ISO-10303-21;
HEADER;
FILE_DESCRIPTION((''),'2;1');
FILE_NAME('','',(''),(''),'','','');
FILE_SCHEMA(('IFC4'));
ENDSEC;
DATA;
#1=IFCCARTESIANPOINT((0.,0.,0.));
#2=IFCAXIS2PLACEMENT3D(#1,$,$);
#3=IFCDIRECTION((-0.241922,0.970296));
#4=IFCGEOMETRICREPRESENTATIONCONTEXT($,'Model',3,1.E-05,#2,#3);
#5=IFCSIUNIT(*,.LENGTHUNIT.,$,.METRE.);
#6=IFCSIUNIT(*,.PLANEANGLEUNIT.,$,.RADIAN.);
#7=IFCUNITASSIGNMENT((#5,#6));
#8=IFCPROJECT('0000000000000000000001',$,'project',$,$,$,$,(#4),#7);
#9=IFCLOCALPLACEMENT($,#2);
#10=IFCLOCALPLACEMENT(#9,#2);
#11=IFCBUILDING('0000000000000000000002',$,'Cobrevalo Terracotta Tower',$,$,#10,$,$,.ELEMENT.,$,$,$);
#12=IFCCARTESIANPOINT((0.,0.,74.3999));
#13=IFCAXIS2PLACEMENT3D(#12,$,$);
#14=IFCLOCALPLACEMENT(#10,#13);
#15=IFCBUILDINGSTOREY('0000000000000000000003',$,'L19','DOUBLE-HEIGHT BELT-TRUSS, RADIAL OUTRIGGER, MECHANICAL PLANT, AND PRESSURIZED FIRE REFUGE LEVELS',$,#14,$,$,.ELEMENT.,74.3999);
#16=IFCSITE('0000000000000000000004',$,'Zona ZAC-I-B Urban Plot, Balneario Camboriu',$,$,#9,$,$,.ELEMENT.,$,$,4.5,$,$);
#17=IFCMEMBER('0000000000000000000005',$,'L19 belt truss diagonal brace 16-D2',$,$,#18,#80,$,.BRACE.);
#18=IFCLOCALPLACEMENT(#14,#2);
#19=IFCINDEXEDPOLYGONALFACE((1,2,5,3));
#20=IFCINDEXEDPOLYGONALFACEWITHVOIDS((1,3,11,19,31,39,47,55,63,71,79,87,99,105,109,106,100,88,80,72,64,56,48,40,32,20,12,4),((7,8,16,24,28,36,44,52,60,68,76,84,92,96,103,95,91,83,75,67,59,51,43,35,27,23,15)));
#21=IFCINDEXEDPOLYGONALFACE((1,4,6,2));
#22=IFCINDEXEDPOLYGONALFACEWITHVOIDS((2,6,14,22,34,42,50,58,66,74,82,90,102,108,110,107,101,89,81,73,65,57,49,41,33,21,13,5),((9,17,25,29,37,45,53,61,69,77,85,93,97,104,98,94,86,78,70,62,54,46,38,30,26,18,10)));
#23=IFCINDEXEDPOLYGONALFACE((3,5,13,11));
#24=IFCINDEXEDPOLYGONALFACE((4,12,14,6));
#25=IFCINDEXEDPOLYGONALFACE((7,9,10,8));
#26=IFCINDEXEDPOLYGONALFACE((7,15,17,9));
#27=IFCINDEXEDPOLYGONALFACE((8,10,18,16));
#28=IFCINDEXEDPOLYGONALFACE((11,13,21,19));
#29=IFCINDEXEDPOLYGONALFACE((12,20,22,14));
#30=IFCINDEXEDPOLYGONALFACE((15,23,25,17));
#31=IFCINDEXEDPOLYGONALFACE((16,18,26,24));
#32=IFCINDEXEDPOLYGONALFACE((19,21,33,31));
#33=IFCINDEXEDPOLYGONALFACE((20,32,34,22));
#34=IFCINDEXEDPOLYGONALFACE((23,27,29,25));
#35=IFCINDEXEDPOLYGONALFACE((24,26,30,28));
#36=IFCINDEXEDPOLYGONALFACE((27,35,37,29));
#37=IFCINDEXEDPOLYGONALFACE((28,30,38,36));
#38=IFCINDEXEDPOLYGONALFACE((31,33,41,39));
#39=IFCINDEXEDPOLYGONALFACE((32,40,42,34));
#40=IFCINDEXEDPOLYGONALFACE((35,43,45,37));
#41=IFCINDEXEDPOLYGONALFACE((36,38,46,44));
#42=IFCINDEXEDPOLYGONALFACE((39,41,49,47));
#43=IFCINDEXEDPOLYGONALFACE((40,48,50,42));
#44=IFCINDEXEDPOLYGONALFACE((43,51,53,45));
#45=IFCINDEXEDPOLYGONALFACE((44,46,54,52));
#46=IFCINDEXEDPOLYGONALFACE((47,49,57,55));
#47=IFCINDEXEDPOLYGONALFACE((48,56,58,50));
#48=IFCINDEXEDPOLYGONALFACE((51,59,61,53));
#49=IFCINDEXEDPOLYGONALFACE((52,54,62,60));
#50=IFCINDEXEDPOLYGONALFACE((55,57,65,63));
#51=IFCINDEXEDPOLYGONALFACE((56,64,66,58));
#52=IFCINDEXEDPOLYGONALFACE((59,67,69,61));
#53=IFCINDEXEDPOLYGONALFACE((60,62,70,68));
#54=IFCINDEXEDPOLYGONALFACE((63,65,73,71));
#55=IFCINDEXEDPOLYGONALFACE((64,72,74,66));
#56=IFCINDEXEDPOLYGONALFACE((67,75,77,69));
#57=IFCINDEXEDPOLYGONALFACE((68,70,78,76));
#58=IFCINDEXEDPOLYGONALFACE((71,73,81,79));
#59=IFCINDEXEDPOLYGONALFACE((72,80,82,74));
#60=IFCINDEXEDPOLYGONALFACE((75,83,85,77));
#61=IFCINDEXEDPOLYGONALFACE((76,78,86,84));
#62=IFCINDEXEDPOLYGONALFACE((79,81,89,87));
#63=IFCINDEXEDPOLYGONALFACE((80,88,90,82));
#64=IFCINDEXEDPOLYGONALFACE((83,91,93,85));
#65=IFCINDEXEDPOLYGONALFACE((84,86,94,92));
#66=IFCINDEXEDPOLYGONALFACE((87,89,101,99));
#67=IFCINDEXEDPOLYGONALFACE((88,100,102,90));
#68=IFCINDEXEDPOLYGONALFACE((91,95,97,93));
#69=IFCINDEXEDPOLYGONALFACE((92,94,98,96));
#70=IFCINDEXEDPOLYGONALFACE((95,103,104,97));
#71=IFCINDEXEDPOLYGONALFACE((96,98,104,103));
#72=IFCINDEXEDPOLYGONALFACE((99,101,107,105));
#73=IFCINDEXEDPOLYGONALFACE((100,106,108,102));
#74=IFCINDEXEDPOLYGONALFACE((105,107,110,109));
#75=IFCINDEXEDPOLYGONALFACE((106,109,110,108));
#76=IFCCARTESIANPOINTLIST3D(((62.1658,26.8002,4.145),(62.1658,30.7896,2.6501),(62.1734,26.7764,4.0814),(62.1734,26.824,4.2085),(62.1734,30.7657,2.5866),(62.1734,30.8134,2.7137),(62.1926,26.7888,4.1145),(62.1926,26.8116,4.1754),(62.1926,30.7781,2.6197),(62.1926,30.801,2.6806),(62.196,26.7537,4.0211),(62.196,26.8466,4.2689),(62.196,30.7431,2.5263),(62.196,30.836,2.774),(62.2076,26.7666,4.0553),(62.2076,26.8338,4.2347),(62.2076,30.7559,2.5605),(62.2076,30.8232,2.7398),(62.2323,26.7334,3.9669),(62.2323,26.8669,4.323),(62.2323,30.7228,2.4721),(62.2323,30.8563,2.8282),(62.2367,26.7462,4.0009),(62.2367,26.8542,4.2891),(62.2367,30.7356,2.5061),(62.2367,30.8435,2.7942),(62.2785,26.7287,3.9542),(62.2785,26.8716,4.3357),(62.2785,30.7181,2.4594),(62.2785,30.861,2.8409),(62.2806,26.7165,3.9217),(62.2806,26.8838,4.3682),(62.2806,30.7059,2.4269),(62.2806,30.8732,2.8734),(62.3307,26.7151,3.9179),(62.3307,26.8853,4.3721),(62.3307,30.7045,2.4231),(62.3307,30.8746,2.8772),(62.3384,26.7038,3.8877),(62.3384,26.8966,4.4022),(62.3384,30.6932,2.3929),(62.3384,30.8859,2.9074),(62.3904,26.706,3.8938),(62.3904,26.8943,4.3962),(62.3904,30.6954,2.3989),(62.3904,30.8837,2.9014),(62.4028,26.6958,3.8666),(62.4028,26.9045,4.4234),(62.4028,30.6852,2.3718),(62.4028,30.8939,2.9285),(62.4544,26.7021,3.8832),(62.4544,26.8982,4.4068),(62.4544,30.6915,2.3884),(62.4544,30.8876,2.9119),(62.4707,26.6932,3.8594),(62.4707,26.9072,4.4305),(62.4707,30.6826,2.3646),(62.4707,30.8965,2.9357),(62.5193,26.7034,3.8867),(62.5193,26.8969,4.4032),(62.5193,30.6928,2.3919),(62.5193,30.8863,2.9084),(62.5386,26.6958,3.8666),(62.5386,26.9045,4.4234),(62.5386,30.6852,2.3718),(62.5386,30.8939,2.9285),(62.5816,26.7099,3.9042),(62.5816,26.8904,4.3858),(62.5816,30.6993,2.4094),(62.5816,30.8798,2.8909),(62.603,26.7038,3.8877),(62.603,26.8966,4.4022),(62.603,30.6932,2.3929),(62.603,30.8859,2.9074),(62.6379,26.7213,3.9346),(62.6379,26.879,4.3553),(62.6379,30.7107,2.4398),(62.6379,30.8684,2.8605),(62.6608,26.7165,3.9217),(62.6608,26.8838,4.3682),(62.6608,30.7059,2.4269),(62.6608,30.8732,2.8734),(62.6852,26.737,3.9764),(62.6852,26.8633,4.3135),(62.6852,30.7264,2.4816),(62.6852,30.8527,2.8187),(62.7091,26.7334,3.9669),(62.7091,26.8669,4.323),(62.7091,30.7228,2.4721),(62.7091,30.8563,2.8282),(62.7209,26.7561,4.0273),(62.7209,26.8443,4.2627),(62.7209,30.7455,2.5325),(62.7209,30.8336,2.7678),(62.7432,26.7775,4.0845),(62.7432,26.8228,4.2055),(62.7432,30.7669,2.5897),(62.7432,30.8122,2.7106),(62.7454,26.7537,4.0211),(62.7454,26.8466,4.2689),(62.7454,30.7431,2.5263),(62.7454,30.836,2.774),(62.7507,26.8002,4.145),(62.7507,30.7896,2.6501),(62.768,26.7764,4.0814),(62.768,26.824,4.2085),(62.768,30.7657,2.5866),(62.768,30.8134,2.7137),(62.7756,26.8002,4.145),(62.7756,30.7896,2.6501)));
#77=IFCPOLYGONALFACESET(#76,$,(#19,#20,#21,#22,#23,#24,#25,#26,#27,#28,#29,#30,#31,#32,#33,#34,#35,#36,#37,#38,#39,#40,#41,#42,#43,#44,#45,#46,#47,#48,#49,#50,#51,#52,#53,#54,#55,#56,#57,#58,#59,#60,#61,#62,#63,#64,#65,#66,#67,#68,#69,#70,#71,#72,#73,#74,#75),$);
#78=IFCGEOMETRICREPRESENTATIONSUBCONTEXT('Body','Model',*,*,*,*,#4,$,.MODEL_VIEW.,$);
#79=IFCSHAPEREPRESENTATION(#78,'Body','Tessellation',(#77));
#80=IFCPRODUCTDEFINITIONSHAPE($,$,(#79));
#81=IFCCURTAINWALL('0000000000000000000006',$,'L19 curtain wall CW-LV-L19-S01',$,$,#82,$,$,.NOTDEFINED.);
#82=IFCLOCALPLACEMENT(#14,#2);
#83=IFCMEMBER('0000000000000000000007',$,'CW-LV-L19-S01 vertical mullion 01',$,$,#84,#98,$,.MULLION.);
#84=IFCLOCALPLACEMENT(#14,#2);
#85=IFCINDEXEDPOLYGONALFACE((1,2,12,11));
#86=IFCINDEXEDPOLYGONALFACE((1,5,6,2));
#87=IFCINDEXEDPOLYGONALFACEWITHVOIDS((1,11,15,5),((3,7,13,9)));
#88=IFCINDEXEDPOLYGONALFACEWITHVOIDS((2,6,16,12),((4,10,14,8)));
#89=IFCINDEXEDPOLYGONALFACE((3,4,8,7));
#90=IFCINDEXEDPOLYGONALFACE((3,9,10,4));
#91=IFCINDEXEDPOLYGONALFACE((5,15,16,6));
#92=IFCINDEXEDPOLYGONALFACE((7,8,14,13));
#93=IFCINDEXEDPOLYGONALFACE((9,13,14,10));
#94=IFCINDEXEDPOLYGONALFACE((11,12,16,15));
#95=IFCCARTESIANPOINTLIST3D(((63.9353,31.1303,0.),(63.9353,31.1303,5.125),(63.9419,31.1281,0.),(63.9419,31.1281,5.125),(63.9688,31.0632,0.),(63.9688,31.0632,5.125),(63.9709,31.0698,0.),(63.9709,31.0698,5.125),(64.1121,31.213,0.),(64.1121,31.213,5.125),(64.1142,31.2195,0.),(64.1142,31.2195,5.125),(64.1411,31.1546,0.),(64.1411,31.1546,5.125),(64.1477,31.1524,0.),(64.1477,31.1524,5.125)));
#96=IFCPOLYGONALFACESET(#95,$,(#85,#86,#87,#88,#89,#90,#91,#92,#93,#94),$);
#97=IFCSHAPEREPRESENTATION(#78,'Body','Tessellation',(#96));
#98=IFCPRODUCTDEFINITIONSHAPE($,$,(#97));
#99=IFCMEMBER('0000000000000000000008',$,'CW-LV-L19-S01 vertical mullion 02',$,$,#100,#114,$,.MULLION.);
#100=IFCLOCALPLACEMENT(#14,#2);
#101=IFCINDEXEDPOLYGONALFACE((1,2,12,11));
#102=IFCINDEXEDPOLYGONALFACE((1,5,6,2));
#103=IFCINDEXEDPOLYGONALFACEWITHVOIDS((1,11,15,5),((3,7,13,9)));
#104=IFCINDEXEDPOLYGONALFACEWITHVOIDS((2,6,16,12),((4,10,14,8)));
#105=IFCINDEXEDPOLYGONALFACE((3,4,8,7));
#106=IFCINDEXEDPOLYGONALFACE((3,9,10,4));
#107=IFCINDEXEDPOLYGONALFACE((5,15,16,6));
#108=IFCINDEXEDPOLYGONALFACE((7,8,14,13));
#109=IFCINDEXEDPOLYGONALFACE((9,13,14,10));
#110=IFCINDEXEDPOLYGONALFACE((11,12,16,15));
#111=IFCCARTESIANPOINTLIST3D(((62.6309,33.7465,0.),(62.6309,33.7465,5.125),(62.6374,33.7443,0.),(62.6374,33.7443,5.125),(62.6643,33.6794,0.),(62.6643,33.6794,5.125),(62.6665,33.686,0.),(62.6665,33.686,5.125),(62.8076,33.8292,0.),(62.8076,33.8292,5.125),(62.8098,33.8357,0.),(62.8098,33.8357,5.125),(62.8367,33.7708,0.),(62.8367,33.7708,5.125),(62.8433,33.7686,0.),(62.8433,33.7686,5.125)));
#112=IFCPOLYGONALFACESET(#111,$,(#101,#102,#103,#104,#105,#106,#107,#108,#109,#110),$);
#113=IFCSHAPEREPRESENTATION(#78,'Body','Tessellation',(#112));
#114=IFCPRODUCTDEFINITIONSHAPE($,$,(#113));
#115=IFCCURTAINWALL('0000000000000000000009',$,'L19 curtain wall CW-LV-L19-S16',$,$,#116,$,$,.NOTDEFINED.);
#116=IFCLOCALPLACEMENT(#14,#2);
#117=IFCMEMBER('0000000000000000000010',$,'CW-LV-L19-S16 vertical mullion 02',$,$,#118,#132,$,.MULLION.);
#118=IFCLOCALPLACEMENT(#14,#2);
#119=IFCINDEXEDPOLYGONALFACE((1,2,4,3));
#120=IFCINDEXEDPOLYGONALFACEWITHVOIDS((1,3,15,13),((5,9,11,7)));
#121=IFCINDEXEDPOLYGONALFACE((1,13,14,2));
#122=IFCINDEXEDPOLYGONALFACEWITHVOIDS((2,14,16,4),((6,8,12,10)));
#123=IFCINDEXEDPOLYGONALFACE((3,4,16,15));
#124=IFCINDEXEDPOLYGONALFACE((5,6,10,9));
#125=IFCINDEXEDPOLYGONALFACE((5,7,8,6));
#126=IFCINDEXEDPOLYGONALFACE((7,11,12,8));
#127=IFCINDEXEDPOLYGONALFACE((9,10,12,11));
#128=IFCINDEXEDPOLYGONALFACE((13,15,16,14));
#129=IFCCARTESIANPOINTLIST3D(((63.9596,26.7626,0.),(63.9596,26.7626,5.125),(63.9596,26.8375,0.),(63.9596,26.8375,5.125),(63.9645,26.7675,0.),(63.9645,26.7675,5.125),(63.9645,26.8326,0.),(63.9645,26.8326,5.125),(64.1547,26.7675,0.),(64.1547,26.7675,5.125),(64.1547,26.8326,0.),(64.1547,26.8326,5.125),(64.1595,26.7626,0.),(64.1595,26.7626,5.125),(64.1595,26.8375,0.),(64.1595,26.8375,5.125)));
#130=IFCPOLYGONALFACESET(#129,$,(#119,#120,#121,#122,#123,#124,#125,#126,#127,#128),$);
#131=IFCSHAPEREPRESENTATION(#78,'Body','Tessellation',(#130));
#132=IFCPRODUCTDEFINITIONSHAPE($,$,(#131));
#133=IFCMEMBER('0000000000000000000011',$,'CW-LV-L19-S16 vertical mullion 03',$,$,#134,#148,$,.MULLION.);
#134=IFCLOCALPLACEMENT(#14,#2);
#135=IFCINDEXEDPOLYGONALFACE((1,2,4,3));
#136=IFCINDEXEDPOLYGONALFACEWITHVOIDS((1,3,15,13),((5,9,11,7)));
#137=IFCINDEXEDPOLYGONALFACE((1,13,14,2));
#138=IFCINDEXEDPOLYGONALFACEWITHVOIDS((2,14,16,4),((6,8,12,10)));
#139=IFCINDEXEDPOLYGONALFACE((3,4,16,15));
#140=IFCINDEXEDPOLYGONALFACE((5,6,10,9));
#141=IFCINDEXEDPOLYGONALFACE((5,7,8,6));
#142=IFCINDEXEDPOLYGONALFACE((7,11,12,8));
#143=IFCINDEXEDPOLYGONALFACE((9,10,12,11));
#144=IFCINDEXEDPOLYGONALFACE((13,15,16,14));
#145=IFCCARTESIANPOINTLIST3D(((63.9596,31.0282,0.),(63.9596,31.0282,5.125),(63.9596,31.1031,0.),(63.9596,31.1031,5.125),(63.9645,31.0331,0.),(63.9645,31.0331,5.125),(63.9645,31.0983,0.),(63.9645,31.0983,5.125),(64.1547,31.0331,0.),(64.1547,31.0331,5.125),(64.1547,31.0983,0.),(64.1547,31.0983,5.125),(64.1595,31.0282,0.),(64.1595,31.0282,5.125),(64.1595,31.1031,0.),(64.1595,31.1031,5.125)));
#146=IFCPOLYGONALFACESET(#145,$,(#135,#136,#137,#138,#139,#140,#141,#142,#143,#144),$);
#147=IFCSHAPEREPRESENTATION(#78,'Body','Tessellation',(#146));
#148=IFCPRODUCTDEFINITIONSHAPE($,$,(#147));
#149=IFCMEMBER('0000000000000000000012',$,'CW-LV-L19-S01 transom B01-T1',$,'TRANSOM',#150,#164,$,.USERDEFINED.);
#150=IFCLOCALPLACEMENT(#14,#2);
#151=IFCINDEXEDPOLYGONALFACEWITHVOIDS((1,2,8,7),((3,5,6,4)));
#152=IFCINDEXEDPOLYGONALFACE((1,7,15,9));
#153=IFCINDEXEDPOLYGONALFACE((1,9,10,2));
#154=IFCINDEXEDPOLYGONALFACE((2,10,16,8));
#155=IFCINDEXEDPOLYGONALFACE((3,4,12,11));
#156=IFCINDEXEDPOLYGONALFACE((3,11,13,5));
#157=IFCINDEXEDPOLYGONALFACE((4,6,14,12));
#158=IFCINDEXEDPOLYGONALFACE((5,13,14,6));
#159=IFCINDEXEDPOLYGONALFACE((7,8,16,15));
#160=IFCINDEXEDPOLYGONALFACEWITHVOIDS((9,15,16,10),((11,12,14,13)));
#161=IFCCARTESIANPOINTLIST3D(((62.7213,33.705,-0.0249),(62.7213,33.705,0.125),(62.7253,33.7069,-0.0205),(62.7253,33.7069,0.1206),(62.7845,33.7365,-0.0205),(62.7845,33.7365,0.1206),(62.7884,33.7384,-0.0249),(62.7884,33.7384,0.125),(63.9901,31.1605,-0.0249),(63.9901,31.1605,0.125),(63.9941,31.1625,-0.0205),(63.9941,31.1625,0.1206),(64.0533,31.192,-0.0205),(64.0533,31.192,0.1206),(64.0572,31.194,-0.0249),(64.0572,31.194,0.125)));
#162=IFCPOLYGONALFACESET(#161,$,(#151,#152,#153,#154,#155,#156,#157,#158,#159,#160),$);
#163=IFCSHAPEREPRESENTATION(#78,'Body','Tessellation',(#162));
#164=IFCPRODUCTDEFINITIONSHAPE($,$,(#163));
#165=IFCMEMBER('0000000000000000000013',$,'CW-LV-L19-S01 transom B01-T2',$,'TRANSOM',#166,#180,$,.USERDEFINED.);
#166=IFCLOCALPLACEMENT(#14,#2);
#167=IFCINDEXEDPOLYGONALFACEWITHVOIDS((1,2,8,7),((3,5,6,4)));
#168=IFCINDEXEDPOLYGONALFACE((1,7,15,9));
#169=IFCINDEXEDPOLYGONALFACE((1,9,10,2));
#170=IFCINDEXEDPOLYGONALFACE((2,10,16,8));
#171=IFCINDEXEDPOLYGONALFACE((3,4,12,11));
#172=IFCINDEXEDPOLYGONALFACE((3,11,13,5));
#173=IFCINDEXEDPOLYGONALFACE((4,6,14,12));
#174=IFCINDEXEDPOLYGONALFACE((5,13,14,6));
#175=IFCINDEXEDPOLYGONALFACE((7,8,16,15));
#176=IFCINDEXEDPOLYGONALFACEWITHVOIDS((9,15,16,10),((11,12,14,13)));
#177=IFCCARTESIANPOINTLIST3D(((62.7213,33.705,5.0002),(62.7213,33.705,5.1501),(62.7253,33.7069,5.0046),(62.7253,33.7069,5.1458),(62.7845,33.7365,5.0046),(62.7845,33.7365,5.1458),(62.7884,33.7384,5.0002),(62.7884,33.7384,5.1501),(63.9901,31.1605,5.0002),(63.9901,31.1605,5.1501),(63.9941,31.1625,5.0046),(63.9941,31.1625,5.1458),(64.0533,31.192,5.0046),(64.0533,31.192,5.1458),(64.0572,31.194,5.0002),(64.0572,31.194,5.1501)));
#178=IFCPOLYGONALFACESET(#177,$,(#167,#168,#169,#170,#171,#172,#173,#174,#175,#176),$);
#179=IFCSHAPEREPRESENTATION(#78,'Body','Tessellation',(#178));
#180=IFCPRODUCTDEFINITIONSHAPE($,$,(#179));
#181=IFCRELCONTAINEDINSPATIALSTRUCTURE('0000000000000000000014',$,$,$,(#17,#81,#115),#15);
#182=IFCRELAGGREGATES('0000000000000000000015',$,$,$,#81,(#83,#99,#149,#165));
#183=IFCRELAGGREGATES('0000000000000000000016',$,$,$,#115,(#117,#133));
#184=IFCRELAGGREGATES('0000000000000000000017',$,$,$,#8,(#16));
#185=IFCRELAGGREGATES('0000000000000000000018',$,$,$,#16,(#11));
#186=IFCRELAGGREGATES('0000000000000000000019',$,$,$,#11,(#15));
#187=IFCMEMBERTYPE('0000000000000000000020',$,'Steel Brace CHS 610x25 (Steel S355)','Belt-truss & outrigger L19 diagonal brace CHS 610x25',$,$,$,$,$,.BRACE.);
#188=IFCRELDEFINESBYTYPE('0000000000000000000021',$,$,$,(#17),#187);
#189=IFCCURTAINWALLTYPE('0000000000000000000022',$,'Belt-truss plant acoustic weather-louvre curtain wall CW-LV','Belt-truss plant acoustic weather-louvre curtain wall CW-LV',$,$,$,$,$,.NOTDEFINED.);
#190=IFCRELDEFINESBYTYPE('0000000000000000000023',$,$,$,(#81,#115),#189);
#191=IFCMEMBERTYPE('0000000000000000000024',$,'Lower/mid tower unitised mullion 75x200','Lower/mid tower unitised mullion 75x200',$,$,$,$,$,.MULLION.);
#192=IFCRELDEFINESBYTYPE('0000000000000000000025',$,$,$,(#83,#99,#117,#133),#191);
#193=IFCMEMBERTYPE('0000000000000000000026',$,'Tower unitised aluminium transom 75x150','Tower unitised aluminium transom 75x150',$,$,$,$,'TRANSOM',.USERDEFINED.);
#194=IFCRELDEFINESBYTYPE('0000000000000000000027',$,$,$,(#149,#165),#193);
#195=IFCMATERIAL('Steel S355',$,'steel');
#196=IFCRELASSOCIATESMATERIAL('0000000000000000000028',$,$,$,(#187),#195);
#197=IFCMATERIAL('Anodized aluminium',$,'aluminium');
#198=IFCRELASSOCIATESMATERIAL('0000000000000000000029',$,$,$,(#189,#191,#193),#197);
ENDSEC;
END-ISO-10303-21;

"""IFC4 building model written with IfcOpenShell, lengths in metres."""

from ifc_helpers import new_model, si_unit, direction, frame, origin, origin_2d, place, context, subcontext, project, spatial, hollow_rectangle, hollow_circle, extrude, source, transform, mapped, material, material_profile, profile_set, type_object, element, aggregate, save


model = new_model("IFC4")

# Units and contexts
model_context = context("Model", 3, precision=1e-05, world=origin(), true_north=direction((-0.241922, 0.970296)))
body_context = subcontext(model_context, "Body", "Model", "MODEL_VIEW")
ifc_project = project(units=[si_unit("LENGTHUNIT", "METRE"), si_unit("PLANEANGLEUNIT", "RADIAN")], contexts=[model_context])

# Site, building, storey
site_placement = place(None, origin())
site = spatial("IfcSite", under=ifc_project, at=site_placement, Name="Zona ZAC-I-B Urban Plot, Balneario Camboriu", CompositionType="ELEMENT", RefElevation=4.5)
building_placement = place(site_placement, origin())
building = spatial("IfcBuilding", under=site, at=building_placement, Name="Cobrevalo Terracotta Tower", CompositionType="ELEMENT")
storey_placement = place(building_placement, frame((0.0, 0.0, 74.3999)))
storey = spatial("IfcBuildingStorey", under=building, at=storey_placement, Name="L19", Description="DOUBLE-HEIGHT BELT-TRUSS, RADIAL OUTRIGGER, MECHANICAL PLANT, AND PRESSURIZED FIRE REFUGE LEVELS", CompositionType="ELEMENT", Elevation=74.3999)

# Shared definitions
ifc_material_1 = material(Name="Steel S355", Category="steel")

# Member
ifc_material_profile_1 = material_profile(ifc_material_1, hollow_circle(Radius=0.3049, WallThickness=0.0249, at=origin_2d()), Name="CHS 610x25")
ifc_profile_set_1 = profile_set([ifc_material_profile_1], Name="Steel S355")
member_type_1 = type_object("IfcMemberType", Name="Steel Brace CHS 610x25 (Steel S355)", Description="Belt-truss & outrigger L19 diagonal brace CHS 610x25", PredefinedType="BRACE", material=ifc_profile_set_1)
shared_shape_1 = source(origin(), body_context, "Body", "SweptSolid", [
    extrude(hollow_circle(Radius=0.3049, WallThickness=0.0249, at=origin_2d()), origin(), (0.0, 0.0, 1.0), 4.2603),
])
member_1_placement = place(storey_placement, frame((62.4707, 30.7896, 2.6501), z_axis=(0.0, -0.936421, 0.350879), x_axis=(1.0, 0.0, 0.0)))
element("IfcMember", 1, at=member_1_placement, inside=storey, type_object=member_type_1, Name="L19 belt truss diagonal brace 16-D2", PredefinedType="BRACE", context=body_context, shape_type="MappedRepresentation", body=[
    mapped(shared_shape_1, transform((0.0, 0.0, 0.0), scale=1.0)),
])

# Curtain walls, members
ifc_material_2 = material(Name="Anodized aluminium", Category="aluminium")
curtain_wall_type = type_object("IfcCurtainWallType", Name="Belt-truss plant acoustic weather-louvre curtain wall CW-LV", Description="Belt-truss plant acoustic weather-louvre curtain wall CW-LV", PredefinedType="NOTDEFINED", material=ifc_material_2)
curtain_wall_1_placement = place(storey_placement, origin())
curtain_wall_1 = element("IfcCurtainWall", 2, at=curtain_wall_1_placement, inside=storey, type_object=curtain_wall_type, Name="L19 curtain wall CW-LV-L19-S01", PredefinedType="NOTDEFINED")
ifc_material_profile_2 = material_profile(ifc_material_2, hollow_rectangle(XDim=0.075, YDim=0.2, WallThickness=0.0049, at=origin_2d()), Name="CWM 75x200")
ifc_profile_set_2 = profile_set([ifc_material_profile_2], Name="Anodized aluminium")
member_type_2 = type_object("IfcMemberType", Name="Lower/mid tower unitised mullion 75x200", Description="Lower/mid tower unitised mullion 75x200", PredefinedType="MULLION", material=ifc_profile_set_2)
shared_shape_2 = source(origin(), body_context, "Body", "SweptSolid", [
    extrude(hollow_rectangle(XDim=0.075, YDim=0.2, WallThickness=0.0049, at=origin_2d()), origin(), (0.0, 0.0, 1.0), 5.125),
])
member_2_placement = place(storey_placement, frame((64.0415, 31.1414, 0.0), z_axis=(0.0, 0.0, 1.0), x_axis=(-0.44626, 0.894903, 0.0)))
member_2 = element("IfcMember", 3, at=member_2_placement, type_object=member_type_2, Name="CW-LV-L19-S01 vertical mullion 01", PredefinedType="MULLION", context=body_context, shape_type="MappedRepresentation", body=[
    mapped(shared_shape_2, transform((0.0, 0.0, 0.0), scale=1.0)),
])
member_3_placement = place(storey_placement, frame((62.7371, 33.7576, 0.0), z_axis=(0.0, 0.0, 1.0), x_axis=(-0.44626, 0.894903, 0.0)))
member_3 = element("IfcMember", 4, at=member_3_placement, type_object=member_type_2, Name="CW-LV-L19-S01 vertical mullion 02", PredefinedType="MULLION", context=body_context, shape_type="MappedRepresentation", body=[
    mapped(shared_shape_2, transform((0.0, 0.0, 0.0), scale=1.0)),
])
curtain_wall_2_placement = place(storey_placement, origin())
curtain_wall_2 = element("IfcCurtainWall", 5, at=curtain_wall_2_placement, inside=storey, type_object=curtain_wall_type, Name="L19 curtain wall CW-LV-L19-S16", PredefinedType="NOTDEFINED")
member_4_placement = place(storey_placement, frame((64.0596, 26.8, 0.0), z_axis=(0.0, 0.0, 1.0), x_axis=(0.0, 1.0, 0.0)))
member_4 = element("IfcMember", 6, at=member_4_placement, type_object=member_type_2, Name="CW-LV-L19-S16 vertical mullion 02", PredefinedType="MULLION", context=body_context, shape_type="MappedRepresentation", body=[
    mapped(shared_shape_2, transform((0.0, 0.0, 0.0), scale=1.0)),
])
member_5_placement = place(storey_placement, frame((64.0596, 31.0657, 0.0), z_axis=(0.0, 0.0, 1.0), x_axis=(0.0, 1.0, 0.0)))
member_5 = element("IfcMember", 7, at=member_5_placement, type_object=member_type_2, Name="CW-LV-L19-S16 vertical mullion 03", PredefinedType="MULLION", context=body_context, shape_type="MappedRepresentation", body=[
    mapped(shared_shape_2, transform((0.0, 0.0, 0.0), scale=1.0)),
])

# Members
ifc_material_profile_3 = material_profile(ifc_material_2, hollow_rectangle(XDim=0.075, YDim=0.1499, WallThickness=0.0044, at=origin_2d()), Name="CWT 75x150")
ifc_profile_set_3 = profile_set([ifc_material_profile_3], Name="Anodized aluminium")
member_type_3 = type_object("IfcMemberType", Name="Tower unitised aluminium transom 75x150", Description="Tower unitised aluminium transom 75x150", ElementType="TRANSOM", PredefinedType="USERDEFINED", material=ifc_profile_set_3)
shared_shape_3 = source(origin(), body_context, "Body", "SweptSolid", [
    extrude(hollow_rectangle(XDim=0.075, YDim=0.1499, WallThickness=0.0044, at=origin_2d()), origin(), (0.0, 0.0, 1.0), 2.8433),
])
member_6_placement = place(storey_placement, frame((64.0237, 31.1772, 0.05), z_axis=(-0.446252, 0.894908, 0.0), x_axis=(-0.894908, -0.446252, 0.0)))
member_6 = element("IfcMember", 8, at=member_6_placement, type_object=member_type_3, Name="CW-LV-L19-S01 transom B01-T1", ObjectType="TRANSOM", PredefinedType="USERDEFINED", context=body_context, shape_type="MappedRepresentation", body=[
    mapped(shared_shape_3, transform((0.0, 0.0, 0.0), scale=1.0)),
])
member_7_placement = place(storey_placement, frame((64.0237, 31.1772, 5.0752), z_axis=(-0.446252, 0.894908, 0.0), x_axis=(-0.894908, -0.446252, 0.0)))
member_7 = element("IfcMember", 9, at=member_7_placement, type_object=member_type_3, Name="CW-LV-L19-S01 transom B01-T2", ObjectType="TRANSOM", PredefinedType="USERDEFINED", context=body_context, shape_type="MappedRepresentation", body=[
    mapped(shared_shape_3, transform((0.0, 0.0, 0.0), scale=1.0)),
])

aggregate(curtain_wall_1, [member_2, member_3, member_6, member_7])
aggregate(curtain_wall_2, [member_4, member_5])

save(model, "model.ifc")
